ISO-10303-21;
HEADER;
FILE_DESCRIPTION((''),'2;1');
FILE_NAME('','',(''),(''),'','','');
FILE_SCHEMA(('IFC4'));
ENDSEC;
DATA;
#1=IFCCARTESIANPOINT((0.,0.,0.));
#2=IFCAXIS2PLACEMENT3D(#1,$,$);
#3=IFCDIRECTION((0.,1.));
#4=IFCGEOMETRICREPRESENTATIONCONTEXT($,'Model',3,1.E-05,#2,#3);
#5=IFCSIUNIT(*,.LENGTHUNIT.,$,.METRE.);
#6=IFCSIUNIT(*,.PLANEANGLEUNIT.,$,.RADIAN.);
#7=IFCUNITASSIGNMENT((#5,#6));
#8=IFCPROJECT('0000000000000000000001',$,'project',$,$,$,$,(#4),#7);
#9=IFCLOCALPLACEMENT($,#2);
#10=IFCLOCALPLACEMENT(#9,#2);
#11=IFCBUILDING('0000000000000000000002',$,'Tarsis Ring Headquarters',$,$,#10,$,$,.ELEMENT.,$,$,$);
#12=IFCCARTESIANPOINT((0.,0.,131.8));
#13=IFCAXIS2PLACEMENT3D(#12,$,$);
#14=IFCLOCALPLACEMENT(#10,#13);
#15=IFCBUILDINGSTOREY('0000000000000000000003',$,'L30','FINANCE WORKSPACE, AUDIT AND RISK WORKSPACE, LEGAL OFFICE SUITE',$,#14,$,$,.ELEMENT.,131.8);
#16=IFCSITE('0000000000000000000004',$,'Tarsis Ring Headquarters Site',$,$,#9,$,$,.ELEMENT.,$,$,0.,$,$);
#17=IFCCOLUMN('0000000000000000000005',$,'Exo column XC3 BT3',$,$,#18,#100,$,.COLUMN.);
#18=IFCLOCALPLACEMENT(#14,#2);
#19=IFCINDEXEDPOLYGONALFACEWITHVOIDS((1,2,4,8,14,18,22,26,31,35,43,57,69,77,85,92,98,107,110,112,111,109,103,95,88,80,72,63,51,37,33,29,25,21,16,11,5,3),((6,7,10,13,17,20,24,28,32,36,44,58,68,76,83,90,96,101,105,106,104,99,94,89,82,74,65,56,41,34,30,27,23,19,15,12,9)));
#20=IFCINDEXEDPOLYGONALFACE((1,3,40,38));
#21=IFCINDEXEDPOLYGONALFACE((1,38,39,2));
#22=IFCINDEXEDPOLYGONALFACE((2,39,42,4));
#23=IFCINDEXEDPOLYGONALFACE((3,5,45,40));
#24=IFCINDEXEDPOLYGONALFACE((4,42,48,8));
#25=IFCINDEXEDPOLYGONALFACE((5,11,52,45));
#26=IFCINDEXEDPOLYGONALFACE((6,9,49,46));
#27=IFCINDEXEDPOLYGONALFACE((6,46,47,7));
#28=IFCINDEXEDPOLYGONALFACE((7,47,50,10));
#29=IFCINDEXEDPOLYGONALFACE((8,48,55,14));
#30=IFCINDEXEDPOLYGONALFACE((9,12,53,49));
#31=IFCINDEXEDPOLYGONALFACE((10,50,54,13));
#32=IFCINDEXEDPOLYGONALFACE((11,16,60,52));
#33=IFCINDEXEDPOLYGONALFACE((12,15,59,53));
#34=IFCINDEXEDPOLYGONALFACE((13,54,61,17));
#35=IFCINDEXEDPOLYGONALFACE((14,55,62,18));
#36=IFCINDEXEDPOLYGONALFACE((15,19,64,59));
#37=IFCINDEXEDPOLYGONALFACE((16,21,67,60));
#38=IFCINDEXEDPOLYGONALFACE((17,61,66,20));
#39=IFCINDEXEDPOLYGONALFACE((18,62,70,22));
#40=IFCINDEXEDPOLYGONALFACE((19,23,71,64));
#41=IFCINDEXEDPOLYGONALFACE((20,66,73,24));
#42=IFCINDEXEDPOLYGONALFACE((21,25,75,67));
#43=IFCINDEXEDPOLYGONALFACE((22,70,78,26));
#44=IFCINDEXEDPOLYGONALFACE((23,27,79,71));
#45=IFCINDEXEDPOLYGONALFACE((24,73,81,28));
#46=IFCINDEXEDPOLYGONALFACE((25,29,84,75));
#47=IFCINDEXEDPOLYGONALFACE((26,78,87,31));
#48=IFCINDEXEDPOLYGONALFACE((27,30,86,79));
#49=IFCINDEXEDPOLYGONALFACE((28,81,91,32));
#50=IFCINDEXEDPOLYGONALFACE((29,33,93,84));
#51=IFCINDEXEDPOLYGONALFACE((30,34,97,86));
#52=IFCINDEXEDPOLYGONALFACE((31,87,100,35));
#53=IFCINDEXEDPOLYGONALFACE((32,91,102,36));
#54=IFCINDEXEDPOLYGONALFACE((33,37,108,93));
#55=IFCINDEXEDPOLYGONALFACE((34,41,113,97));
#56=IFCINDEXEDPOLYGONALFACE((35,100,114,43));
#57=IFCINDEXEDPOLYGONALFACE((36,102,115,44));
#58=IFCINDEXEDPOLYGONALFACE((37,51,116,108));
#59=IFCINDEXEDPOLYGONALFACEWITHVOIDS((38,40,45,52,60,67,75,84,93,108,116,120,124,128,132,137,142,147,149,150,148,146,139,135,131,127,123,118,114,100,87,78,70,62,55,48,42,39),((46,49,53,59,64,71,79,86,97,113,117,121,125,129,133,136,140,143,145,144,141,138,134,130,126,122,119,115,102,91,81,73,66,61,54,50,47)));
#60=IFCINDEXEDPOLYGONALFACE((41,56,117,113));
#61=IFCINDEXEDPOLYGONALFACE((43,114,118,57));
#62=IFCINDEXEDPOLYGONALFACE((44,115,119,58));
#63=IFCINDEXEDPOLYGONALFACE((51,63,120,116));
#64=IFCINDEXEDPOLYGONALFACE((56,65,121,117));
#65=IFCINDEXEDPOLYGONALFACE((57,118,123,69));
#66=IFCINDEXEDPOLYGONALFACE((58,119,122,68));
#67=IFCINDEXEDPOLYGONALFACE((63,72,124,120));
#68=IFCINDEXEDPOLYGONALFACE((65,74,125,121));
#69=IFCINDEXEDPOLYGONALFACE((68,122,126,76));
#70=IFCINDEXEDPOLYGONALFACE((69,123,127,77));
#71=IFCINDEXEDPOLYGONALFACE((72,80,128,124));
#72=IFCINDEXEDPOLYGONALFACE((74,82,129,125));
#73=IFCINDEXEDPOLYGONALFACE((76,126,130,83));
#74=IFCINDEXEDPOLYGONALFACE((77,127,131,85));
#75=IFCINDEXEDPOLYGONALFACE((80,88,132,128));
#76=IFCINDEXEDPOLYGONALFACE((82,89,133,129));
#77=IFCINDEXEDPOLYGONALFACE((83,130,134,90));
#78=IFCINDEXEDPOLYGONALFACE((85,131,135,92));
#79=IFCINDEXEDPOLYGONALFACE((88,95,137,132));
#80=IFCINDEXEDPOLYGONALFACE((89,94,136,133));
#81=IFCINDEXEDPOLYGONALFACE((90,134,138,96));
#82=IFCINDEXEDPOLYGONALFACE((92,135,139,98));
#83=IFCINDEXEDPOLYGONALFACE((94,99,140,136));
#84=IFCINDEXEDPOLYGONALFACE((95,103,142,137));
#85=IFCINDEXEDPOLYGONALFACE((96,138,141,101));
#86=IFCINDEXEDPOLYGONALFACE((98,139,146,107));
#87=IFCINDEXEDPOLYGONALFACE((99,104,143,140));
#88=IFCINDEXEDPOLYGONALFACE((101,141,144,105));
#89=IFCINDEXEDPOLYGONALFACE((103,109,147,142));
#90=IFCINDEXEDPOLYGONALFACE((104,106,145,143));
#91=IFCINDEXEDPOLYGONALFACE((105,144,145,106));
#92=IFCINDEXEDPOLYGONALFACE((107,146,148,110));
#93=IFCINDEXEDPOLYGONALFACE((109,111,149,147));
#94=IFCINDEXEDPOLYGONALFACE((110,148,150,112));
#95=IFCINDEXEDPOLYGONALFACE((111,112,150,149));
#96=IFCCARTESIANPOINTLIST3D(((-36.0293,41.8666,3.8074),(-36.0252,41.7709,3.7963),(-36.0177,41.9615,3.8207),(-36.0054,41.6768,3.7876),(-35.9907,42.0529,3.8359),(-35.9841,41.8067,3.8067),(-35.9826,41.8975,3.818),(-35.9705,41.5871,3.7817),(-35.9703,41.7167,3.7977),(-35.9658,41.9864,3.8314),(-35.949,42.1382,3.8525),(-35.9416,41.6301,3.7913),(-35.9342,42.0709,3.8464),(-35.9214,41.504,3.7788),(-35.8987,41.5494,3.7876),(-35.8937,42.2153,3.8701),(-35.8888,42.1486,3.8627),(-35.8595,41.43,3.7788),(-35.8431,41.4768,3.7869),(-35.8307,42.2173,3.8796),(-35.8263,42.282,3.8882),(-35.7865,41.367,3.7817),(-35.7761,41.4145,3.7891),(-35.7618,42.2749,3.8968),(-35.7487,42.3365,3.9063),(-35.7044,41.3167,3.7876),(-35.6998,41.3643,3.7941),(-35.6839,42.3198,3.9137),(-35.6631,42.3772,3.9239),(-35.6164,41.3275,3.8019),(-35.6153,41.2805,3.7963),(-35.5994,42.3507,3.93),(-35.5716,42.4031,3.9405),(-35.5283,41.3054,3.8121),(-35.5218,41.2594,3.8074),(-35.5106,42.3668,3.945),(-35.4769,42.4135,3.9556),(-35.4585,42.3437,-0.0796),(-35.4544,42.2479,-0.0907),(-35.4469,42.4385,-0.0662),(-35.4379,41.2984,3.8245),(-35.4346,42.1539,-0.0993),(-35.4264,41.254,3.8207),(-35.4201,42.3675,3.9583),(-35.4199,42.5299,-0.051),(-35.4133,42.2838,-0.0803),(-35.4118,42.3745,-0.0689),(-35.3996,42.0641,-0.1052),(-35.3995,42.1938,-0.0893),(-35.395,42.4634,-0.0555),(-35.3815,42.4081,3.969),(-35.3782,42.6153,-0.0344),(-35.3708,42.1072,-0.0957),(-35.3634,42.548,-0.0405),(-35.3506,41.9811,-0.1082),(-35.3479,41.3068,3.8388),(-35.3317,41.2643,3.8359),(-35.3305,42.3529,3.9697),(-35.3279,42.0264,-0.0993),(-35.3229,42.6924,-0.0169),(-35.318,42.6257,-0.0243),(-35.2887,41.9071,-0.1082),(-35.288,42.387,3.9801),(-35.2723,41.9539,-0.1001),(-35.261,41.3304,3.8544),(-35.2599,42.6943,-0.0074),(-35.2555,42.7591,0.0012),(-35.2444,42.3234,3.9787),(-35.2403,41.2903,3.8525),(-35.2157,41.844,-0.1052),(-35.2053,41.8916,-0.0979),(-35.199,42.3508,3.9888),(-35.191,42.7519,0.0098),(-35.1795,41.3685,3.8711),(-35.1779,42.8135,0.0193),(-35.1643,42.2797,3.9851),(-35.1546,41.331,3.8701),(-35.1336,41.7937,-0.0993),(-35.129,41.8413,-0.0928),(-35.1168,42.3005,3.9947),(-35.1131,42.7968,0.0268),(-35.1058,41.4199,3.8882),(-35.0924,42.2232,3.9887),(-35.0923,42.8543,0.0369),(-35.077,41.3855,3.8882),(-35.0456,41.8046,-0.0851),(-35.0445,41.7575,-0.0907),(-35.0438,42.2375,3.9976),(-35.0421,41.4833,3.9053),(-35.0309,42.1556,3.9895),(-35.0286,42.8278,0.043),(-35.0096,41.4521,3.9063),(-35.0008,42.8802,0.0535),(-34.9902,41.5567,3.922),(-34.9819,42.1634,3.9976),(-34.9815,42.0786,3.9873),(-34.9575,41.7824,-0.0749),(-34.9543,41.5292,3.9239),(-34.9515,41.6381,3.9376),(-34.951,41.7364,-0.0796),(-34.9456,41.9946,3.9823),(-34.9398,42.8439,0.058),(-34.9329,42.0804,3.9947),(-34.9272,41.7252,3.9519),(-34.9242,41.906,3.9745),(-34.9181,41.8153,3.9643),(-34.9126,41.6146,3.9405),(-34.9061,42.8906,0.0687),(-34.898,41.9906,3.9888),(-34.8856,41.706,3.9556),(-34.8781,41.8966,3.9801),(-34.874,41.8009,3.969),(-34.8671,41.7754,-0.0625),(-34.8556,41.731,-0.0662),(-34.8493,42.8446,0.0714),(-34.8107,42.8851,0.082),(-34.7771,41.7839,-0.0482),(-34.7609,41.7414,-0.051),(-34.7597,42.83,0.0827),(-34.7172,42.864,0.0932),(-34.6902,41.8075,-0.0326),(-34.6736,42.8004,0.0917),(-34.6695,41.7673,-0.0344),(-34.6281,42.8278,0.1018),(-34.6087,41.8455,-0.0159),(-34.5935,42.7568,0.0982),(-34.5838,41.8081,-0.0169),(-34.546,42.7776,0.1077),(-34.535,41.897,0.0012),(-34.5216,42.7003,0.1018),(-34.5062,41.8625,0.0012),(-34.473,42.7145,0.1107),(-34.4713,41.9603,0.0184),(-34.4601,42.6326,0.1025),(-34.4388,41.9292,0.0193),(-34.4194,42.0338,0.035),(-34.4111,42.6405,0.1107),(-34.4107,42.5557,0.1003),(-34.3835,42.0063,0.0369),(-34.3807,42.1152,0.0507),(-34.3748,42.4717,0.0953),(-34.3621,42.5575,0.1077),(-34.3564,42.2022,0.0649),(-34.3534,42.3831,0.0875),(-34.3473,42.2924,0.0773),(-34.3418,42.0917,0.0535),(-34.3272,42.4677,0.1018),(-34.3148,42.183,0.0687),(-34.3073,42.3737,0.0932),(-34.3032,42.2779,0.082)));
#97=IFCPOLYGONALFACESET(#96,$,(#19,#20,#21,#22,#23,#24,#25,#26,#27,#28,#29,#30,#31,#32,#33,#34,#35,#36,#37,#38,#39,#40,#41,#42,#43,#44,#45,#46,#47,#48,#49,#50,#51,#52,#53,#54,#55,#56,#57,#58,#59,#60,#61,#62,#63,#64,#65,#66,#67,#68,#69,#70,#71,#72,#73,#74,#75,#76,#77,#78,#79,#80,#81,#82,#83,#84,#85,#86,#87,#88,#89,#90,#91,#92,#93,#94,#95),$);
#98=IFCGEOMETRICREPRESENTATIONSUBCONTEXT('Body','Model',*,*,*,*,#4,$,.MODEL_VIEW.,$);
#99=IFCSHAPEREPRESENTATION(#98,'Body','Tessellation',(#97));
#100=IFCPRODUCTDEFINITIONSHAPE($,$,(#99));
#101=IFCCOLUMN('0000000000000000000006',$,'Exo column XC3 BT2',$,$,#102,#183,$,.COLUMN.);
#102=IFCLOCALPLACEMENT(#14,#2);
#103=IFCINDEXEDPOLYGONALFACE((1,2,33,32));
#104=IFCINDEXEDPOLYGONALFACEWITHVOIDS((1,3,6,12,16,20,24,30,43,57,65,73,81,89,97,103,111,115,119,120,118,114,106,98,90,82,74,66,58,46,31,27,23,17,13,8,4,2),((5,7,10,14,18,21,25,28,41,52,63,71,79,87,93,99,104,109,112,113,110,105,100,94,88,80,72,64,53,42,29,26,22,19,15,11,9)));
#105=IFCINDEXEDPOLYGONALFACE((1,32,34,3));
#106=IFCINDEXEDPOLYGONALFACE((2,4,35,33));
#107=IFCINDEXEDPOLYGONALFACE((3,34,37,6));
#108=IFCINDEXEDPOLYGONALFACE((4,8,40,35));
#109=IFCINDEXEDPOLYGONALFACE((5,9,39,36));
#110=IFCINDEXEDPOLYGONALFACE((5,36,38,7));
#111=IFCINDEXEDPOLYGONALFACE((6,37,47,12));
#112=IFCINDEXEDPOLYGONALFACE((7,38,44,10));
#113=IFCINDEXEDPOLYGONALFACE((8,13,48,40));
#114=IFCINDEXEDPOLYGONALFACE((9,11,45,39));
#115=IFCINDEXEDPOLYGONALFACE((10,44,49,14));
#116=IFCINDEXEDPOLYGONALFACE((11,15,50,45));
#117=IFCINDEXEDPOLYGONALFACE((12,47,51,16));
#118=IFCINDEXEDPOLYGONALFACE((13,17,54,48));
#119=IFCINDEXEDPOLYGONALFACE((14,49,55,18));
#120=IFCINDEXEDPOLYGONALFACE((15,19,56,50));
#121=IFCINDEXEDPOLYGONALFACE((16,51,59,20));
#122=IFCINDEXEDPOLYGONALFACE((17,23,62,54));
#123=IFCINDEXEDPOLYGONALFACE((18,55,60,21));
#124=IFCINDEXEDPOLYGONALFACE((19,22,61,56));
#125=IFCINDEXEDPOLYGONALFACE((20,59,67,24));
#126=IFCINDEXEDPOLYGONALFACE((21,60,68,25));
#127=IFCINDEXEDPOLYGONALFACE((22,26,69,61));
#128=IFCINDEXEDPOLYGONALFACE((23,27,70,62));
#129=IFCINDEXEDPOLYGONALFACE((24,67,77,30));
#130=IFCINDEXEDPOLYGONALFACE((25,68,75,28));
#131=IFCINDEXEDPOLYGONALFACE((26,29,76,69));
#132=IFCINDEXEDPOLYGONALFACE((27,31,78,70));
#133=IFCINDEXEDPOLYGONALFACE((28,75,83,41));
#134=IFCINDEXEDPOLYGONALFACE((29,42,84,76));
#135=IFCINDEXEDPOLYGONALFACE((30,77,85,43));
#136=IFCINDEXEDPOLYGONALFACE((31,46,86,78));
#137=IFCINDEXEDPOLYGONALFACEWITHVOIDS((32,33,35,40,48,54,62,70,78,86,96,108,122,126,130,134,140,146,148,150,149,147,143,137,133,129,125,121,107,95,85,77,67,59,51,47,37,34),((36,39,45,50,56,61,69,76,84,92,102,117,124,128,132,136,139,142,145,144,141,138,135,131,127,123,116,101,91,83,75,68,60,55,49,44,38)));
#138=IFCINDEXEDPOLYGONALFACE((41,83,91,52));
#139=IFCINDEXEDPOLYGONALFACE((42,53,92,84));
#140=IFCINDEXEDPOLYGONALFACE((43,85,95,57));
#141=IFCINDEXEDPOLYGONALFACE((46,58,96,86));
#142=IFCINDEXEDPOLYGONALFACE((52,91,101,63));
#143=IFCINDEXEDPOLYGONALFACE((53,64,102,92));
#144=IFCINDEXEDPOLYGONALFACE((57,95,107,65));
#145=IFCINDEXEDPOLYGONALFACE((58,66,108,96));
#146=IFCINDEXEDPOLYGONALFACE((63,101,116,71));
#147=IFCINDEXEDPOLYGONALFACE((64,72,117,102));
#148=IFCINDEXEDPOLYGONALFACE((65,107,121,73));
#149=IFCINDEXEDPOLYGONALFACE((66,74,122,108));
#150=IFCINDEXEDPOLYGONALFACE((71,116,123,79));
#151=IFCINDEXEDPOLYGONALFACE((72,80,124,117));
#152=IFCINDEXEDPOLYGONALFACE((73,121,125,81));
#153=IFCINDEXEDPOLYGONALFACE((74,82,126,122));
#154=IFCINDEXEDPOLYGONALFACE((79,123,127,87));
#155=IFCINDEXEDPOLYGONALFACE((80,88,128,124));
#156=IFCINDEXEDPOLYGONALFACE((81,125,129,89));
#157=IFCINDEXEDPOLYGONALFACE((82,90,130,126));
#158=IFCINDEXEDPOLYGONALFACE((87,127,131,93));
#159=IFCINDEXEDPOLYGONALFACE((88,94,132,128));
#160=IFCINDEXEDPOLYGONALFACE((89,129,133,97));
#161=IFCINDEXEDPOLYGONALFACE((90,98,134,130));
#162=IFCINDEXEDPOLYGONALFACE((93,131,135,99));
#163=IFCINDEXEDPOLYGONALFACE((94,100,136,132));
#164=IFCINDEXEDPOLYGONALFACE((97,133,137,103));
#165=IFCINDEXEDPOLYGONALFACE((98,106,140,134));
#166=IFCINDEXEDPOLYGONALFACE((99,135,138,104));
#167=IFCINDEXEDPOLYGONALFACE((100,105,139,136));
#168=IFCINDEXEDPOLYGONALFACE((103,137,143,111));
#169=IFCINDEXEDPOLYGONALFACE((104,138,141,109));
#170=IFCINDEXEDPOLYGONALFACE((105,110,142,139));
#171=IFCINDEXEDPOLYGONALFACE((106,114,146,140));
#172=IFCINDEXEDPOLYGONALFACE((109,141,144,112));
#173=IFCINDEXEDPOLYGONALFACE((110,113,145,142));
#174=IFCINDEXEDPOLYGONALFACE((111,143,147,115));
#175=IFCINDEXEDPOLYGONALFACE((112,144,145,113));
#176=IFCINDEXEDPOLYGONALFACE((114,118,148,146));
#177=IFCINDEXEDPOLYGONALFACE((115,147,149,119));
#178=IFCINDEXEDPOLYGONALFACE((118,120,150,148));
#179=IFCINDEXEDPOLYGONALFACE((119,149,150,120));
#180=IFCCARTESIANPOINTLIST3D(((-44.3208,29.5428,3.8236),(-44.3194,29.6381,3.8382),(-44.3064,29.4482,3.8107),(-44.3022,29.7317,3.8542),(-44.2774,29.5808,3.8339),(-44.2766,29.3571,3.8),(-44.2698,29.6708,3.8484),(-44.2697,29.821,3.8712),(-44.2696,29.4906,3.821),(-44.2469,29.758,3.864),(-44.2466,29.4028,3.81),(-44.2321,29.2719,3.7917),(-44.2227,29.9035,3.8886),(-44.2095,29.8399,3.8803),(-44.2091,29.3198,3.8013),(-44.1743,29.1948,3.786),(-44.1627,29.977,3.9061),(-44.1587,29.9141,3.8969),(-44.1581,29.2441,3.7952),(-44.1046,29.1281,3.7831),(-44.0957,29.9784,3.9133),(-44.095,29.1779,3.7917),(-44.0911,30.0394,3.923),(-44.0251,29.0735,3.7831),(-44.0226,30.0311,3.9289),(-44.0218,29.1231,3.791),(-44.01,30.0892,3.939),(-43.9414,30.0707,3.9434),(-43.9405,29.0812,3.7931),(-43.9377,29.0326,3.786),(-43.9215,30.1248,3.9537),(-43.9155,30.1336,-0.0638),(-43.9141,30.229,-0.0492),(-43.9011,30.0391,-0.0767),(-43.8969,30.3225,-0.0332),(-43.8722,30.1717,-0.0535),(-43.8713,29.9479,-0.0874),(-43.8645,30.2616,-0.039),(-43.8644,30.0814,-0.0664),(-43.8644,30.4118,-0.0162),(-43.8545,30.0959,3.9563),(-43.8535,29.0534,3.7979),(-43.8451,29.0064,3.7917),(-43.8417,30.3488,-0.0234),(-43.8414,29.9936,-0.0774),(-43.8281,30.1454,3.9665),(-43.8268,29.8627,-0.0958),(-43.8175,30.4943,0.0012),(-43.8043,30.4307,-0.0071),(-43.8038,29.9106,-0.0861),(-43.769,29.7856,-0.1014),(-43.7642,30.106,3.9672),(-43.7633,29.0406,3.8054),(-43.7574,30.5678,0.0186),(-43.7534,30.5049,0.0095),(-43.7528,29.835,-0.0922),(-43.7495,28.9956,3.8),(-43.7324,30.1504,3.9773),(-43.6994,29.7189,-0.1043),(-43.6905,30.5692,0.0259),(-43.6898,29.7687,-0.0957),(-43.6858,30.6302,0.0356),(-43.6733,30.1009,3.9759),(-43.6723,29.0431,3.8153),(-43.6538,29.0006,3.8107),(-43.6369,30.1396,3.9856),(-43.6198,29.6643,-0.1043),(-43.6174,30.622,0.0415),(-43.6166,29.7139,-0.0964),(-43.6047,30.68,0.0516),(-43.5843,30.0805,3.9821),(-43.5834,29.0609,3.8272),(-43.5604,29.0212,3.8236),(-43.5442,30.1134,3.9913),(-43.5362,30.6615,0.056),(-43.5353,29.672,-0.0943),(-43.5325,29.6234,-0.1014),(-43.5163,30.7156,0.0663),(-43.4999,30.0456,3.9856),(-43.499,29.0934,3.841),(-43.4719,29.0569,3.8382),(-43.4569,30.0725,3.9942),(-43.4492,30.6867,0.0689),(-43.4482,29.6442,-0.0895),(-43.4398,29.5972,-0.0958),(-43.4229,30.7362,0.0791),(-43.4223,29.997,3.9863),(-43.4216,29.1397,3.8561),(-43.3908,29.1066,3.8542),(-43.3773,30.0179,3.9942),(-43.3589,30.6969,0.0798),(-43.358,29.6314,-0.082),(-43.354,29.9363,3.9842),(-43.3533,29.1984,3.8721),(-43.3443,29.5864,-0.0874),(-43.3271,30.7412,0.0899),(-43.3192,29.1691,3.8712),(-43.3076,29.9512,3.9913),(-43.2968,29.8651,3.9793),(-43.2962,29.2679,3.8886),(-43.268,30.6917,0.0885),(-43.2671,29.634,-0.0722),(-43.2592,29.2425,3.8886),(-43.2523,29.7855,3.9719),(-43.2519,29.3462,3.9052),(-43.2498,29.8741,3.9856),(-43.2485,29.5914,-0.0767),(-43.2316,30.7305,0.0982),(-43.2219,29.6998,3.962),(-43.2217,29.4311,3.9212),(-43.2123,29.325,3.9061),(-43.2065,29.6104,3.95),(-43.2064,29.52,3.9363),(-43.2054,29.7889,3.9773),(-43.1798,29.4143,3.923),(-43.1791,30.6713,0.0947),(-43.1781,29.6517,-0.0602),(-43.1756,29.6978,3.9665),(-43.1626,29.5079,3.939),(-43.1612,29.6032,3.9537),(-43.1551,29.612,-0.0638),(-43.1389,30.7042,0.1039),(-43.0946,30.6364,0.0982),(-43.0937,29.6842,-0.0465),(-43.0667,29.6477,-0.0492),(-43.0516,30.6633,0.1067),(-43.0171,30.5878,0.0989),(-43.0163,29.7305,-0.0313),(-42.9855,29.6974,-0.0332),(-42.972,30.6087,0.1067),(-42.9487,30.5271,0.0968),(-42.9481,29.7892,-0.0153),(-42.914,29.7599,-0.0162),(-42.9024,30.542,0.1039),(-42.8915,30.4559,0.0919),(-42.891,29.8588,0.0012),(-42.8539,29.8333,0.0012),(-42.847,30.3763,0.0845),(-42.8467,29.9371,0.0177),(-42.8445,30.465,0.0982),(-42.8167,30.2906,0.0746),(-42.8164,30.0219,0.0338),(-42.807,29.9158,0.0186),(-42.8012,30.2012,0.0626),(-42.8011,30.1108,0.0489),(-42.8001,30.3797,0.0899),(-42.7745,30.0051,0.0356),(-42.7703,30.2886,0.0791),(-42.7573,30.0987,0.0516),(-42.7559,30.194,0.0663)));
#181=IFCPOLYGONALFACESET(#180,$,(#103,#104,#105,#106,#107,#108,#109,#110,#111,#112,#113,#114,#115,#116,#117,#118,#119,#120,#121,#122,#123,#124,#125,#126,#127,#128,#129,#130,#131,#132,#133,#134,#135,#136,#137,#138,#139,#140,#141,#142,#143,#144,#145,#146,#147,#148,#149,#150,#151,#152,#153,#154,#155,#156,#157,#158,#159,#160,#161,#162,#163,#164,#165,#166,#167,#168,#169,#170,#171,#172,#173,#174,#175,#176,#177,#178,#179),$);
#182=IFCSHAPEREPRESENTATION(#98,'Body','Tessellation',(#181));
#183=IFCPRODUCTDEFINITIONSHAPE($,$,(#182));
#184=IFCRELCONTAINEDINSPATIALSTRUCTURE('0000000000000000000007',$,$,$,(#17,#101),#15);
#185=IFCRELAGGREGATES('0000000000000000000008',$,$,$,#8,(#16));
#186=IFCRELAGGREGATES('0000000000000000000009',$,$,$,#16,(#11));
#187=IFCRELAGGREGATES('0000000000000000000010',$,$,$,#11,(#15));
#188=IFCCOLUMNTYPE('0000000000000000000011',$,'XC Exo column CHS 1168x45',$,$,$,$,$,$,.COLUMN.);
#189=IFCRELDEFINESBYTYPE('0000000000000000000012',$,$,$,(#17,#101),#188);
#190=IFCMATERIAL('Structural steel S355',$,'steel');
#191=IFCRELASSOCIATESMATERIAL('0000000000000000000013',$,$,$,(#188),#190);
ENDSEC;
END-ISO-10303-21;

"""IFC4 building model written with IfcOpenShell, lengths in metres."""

from ifc_helpers import new_model, si_unit, direction, frame, origin, origin_2d, place, context, subcontext, project, spatial, hollow_circle, extrude, material, material_profile, profile_set, type_object, element, save


model = new_model("IFC4")

# Units and contexts
model_context = context("Model", 3, precision=1e-05, world=origin(), true_north=direction((0.0, 1.0)))
body_context = subcontext(model_context, "Body", "Model", "MODEL_VIEW")
ifc_project = project(units=[si_unit("LENGTHUNIT", "METRE"), si_unit("PLANEANGLEUNIT", "RADIAN")], contexts=[model_context])

# Site, building, storey
site_placement = place(None, origin())
site = spatial("IfcSite", under=ifc_project, at=site_placement, Name="Tarsis Ring Headquarters Site", CompositionType="ELEMENT", RefElevation=0.0)
building_placement = place(site_placement, origin())
building = spatial("IfcBuilding", under=site, at=building_placement, Name="Tarsis Ring Headquarters", CompositionType="ELEMENT")
storey_placement = place(building_placement, frame((0.0, 0.0, 131.8)))
storey = spatial("IfcBuildingStorey", under=building, at=storey_placement, Name="L30", Description="FINANCE WORKSPACE, AUDIT AND RISK WORKSPACE, LEGAL OFFICE SUITE", CompositionType="ELEMENT", Elevation=131.8)

# Columns
ifc_material_1 = material(Name="Structural steel S355", Category="steel")
ifc_material_profile_1 = material_profile(ifc_material_1, hollow_circle(Radius=0.5842, WallThickness=0.0449, at=origin_2d()), Name="CHS 1168x45")
ifc_profile_set_1 = profile_set([ifc_material_profile_1], Name="Structural steel S355")
column_type = type_object("IfcColumnType", Name="XC Exo column CHS 1168x45", PredefinedType="COLUMN", material=ifc_profile_set_1)
column_1_placement = place(storey_placement, frame((-34.8809, 42.3108, 0.0012), z_axis=(-0.144232, -0.120543, 0.982174), x_axis=(0.641281, -0.767306, 0.0)))
element("IfcColumn", 1, at=column_1_placement, inside=storey, type_object=column_type, Name="Exo column XC3 BT3", PredefinedType="COLUMN", context=body_context, shape_type="SweptSolid", body=[
    extrude(hollow_circle(Radius=0.5842, WallThickness=0.0449, at=origin_2d()), origin(), (0.0, 0.0, 1.0), 3.9575),
])
column_2_placement = place(storey_placement, frame((-43.3357, 30.1638, 0.0012), z_axis=(-0.102525, -0.149464, 0.983437), x_axis=(0.824638, -0.565661, 0.0)))
element("IfcColumn", 2, at=column_2_placement, inside=storey, type_object=column_type, Name="Exo column XC3 BT2", PredefinedType="COLUMN", context=body_context, shape_type="SweptSolid", body=[
    extrude(hollow_circle(Radius=0.5842, WallThickness=0.0449, at=origin_2d()), origin(), (0.0, 0.0, 1.0), 3.9529),
])

save(model, "model.ifc")
